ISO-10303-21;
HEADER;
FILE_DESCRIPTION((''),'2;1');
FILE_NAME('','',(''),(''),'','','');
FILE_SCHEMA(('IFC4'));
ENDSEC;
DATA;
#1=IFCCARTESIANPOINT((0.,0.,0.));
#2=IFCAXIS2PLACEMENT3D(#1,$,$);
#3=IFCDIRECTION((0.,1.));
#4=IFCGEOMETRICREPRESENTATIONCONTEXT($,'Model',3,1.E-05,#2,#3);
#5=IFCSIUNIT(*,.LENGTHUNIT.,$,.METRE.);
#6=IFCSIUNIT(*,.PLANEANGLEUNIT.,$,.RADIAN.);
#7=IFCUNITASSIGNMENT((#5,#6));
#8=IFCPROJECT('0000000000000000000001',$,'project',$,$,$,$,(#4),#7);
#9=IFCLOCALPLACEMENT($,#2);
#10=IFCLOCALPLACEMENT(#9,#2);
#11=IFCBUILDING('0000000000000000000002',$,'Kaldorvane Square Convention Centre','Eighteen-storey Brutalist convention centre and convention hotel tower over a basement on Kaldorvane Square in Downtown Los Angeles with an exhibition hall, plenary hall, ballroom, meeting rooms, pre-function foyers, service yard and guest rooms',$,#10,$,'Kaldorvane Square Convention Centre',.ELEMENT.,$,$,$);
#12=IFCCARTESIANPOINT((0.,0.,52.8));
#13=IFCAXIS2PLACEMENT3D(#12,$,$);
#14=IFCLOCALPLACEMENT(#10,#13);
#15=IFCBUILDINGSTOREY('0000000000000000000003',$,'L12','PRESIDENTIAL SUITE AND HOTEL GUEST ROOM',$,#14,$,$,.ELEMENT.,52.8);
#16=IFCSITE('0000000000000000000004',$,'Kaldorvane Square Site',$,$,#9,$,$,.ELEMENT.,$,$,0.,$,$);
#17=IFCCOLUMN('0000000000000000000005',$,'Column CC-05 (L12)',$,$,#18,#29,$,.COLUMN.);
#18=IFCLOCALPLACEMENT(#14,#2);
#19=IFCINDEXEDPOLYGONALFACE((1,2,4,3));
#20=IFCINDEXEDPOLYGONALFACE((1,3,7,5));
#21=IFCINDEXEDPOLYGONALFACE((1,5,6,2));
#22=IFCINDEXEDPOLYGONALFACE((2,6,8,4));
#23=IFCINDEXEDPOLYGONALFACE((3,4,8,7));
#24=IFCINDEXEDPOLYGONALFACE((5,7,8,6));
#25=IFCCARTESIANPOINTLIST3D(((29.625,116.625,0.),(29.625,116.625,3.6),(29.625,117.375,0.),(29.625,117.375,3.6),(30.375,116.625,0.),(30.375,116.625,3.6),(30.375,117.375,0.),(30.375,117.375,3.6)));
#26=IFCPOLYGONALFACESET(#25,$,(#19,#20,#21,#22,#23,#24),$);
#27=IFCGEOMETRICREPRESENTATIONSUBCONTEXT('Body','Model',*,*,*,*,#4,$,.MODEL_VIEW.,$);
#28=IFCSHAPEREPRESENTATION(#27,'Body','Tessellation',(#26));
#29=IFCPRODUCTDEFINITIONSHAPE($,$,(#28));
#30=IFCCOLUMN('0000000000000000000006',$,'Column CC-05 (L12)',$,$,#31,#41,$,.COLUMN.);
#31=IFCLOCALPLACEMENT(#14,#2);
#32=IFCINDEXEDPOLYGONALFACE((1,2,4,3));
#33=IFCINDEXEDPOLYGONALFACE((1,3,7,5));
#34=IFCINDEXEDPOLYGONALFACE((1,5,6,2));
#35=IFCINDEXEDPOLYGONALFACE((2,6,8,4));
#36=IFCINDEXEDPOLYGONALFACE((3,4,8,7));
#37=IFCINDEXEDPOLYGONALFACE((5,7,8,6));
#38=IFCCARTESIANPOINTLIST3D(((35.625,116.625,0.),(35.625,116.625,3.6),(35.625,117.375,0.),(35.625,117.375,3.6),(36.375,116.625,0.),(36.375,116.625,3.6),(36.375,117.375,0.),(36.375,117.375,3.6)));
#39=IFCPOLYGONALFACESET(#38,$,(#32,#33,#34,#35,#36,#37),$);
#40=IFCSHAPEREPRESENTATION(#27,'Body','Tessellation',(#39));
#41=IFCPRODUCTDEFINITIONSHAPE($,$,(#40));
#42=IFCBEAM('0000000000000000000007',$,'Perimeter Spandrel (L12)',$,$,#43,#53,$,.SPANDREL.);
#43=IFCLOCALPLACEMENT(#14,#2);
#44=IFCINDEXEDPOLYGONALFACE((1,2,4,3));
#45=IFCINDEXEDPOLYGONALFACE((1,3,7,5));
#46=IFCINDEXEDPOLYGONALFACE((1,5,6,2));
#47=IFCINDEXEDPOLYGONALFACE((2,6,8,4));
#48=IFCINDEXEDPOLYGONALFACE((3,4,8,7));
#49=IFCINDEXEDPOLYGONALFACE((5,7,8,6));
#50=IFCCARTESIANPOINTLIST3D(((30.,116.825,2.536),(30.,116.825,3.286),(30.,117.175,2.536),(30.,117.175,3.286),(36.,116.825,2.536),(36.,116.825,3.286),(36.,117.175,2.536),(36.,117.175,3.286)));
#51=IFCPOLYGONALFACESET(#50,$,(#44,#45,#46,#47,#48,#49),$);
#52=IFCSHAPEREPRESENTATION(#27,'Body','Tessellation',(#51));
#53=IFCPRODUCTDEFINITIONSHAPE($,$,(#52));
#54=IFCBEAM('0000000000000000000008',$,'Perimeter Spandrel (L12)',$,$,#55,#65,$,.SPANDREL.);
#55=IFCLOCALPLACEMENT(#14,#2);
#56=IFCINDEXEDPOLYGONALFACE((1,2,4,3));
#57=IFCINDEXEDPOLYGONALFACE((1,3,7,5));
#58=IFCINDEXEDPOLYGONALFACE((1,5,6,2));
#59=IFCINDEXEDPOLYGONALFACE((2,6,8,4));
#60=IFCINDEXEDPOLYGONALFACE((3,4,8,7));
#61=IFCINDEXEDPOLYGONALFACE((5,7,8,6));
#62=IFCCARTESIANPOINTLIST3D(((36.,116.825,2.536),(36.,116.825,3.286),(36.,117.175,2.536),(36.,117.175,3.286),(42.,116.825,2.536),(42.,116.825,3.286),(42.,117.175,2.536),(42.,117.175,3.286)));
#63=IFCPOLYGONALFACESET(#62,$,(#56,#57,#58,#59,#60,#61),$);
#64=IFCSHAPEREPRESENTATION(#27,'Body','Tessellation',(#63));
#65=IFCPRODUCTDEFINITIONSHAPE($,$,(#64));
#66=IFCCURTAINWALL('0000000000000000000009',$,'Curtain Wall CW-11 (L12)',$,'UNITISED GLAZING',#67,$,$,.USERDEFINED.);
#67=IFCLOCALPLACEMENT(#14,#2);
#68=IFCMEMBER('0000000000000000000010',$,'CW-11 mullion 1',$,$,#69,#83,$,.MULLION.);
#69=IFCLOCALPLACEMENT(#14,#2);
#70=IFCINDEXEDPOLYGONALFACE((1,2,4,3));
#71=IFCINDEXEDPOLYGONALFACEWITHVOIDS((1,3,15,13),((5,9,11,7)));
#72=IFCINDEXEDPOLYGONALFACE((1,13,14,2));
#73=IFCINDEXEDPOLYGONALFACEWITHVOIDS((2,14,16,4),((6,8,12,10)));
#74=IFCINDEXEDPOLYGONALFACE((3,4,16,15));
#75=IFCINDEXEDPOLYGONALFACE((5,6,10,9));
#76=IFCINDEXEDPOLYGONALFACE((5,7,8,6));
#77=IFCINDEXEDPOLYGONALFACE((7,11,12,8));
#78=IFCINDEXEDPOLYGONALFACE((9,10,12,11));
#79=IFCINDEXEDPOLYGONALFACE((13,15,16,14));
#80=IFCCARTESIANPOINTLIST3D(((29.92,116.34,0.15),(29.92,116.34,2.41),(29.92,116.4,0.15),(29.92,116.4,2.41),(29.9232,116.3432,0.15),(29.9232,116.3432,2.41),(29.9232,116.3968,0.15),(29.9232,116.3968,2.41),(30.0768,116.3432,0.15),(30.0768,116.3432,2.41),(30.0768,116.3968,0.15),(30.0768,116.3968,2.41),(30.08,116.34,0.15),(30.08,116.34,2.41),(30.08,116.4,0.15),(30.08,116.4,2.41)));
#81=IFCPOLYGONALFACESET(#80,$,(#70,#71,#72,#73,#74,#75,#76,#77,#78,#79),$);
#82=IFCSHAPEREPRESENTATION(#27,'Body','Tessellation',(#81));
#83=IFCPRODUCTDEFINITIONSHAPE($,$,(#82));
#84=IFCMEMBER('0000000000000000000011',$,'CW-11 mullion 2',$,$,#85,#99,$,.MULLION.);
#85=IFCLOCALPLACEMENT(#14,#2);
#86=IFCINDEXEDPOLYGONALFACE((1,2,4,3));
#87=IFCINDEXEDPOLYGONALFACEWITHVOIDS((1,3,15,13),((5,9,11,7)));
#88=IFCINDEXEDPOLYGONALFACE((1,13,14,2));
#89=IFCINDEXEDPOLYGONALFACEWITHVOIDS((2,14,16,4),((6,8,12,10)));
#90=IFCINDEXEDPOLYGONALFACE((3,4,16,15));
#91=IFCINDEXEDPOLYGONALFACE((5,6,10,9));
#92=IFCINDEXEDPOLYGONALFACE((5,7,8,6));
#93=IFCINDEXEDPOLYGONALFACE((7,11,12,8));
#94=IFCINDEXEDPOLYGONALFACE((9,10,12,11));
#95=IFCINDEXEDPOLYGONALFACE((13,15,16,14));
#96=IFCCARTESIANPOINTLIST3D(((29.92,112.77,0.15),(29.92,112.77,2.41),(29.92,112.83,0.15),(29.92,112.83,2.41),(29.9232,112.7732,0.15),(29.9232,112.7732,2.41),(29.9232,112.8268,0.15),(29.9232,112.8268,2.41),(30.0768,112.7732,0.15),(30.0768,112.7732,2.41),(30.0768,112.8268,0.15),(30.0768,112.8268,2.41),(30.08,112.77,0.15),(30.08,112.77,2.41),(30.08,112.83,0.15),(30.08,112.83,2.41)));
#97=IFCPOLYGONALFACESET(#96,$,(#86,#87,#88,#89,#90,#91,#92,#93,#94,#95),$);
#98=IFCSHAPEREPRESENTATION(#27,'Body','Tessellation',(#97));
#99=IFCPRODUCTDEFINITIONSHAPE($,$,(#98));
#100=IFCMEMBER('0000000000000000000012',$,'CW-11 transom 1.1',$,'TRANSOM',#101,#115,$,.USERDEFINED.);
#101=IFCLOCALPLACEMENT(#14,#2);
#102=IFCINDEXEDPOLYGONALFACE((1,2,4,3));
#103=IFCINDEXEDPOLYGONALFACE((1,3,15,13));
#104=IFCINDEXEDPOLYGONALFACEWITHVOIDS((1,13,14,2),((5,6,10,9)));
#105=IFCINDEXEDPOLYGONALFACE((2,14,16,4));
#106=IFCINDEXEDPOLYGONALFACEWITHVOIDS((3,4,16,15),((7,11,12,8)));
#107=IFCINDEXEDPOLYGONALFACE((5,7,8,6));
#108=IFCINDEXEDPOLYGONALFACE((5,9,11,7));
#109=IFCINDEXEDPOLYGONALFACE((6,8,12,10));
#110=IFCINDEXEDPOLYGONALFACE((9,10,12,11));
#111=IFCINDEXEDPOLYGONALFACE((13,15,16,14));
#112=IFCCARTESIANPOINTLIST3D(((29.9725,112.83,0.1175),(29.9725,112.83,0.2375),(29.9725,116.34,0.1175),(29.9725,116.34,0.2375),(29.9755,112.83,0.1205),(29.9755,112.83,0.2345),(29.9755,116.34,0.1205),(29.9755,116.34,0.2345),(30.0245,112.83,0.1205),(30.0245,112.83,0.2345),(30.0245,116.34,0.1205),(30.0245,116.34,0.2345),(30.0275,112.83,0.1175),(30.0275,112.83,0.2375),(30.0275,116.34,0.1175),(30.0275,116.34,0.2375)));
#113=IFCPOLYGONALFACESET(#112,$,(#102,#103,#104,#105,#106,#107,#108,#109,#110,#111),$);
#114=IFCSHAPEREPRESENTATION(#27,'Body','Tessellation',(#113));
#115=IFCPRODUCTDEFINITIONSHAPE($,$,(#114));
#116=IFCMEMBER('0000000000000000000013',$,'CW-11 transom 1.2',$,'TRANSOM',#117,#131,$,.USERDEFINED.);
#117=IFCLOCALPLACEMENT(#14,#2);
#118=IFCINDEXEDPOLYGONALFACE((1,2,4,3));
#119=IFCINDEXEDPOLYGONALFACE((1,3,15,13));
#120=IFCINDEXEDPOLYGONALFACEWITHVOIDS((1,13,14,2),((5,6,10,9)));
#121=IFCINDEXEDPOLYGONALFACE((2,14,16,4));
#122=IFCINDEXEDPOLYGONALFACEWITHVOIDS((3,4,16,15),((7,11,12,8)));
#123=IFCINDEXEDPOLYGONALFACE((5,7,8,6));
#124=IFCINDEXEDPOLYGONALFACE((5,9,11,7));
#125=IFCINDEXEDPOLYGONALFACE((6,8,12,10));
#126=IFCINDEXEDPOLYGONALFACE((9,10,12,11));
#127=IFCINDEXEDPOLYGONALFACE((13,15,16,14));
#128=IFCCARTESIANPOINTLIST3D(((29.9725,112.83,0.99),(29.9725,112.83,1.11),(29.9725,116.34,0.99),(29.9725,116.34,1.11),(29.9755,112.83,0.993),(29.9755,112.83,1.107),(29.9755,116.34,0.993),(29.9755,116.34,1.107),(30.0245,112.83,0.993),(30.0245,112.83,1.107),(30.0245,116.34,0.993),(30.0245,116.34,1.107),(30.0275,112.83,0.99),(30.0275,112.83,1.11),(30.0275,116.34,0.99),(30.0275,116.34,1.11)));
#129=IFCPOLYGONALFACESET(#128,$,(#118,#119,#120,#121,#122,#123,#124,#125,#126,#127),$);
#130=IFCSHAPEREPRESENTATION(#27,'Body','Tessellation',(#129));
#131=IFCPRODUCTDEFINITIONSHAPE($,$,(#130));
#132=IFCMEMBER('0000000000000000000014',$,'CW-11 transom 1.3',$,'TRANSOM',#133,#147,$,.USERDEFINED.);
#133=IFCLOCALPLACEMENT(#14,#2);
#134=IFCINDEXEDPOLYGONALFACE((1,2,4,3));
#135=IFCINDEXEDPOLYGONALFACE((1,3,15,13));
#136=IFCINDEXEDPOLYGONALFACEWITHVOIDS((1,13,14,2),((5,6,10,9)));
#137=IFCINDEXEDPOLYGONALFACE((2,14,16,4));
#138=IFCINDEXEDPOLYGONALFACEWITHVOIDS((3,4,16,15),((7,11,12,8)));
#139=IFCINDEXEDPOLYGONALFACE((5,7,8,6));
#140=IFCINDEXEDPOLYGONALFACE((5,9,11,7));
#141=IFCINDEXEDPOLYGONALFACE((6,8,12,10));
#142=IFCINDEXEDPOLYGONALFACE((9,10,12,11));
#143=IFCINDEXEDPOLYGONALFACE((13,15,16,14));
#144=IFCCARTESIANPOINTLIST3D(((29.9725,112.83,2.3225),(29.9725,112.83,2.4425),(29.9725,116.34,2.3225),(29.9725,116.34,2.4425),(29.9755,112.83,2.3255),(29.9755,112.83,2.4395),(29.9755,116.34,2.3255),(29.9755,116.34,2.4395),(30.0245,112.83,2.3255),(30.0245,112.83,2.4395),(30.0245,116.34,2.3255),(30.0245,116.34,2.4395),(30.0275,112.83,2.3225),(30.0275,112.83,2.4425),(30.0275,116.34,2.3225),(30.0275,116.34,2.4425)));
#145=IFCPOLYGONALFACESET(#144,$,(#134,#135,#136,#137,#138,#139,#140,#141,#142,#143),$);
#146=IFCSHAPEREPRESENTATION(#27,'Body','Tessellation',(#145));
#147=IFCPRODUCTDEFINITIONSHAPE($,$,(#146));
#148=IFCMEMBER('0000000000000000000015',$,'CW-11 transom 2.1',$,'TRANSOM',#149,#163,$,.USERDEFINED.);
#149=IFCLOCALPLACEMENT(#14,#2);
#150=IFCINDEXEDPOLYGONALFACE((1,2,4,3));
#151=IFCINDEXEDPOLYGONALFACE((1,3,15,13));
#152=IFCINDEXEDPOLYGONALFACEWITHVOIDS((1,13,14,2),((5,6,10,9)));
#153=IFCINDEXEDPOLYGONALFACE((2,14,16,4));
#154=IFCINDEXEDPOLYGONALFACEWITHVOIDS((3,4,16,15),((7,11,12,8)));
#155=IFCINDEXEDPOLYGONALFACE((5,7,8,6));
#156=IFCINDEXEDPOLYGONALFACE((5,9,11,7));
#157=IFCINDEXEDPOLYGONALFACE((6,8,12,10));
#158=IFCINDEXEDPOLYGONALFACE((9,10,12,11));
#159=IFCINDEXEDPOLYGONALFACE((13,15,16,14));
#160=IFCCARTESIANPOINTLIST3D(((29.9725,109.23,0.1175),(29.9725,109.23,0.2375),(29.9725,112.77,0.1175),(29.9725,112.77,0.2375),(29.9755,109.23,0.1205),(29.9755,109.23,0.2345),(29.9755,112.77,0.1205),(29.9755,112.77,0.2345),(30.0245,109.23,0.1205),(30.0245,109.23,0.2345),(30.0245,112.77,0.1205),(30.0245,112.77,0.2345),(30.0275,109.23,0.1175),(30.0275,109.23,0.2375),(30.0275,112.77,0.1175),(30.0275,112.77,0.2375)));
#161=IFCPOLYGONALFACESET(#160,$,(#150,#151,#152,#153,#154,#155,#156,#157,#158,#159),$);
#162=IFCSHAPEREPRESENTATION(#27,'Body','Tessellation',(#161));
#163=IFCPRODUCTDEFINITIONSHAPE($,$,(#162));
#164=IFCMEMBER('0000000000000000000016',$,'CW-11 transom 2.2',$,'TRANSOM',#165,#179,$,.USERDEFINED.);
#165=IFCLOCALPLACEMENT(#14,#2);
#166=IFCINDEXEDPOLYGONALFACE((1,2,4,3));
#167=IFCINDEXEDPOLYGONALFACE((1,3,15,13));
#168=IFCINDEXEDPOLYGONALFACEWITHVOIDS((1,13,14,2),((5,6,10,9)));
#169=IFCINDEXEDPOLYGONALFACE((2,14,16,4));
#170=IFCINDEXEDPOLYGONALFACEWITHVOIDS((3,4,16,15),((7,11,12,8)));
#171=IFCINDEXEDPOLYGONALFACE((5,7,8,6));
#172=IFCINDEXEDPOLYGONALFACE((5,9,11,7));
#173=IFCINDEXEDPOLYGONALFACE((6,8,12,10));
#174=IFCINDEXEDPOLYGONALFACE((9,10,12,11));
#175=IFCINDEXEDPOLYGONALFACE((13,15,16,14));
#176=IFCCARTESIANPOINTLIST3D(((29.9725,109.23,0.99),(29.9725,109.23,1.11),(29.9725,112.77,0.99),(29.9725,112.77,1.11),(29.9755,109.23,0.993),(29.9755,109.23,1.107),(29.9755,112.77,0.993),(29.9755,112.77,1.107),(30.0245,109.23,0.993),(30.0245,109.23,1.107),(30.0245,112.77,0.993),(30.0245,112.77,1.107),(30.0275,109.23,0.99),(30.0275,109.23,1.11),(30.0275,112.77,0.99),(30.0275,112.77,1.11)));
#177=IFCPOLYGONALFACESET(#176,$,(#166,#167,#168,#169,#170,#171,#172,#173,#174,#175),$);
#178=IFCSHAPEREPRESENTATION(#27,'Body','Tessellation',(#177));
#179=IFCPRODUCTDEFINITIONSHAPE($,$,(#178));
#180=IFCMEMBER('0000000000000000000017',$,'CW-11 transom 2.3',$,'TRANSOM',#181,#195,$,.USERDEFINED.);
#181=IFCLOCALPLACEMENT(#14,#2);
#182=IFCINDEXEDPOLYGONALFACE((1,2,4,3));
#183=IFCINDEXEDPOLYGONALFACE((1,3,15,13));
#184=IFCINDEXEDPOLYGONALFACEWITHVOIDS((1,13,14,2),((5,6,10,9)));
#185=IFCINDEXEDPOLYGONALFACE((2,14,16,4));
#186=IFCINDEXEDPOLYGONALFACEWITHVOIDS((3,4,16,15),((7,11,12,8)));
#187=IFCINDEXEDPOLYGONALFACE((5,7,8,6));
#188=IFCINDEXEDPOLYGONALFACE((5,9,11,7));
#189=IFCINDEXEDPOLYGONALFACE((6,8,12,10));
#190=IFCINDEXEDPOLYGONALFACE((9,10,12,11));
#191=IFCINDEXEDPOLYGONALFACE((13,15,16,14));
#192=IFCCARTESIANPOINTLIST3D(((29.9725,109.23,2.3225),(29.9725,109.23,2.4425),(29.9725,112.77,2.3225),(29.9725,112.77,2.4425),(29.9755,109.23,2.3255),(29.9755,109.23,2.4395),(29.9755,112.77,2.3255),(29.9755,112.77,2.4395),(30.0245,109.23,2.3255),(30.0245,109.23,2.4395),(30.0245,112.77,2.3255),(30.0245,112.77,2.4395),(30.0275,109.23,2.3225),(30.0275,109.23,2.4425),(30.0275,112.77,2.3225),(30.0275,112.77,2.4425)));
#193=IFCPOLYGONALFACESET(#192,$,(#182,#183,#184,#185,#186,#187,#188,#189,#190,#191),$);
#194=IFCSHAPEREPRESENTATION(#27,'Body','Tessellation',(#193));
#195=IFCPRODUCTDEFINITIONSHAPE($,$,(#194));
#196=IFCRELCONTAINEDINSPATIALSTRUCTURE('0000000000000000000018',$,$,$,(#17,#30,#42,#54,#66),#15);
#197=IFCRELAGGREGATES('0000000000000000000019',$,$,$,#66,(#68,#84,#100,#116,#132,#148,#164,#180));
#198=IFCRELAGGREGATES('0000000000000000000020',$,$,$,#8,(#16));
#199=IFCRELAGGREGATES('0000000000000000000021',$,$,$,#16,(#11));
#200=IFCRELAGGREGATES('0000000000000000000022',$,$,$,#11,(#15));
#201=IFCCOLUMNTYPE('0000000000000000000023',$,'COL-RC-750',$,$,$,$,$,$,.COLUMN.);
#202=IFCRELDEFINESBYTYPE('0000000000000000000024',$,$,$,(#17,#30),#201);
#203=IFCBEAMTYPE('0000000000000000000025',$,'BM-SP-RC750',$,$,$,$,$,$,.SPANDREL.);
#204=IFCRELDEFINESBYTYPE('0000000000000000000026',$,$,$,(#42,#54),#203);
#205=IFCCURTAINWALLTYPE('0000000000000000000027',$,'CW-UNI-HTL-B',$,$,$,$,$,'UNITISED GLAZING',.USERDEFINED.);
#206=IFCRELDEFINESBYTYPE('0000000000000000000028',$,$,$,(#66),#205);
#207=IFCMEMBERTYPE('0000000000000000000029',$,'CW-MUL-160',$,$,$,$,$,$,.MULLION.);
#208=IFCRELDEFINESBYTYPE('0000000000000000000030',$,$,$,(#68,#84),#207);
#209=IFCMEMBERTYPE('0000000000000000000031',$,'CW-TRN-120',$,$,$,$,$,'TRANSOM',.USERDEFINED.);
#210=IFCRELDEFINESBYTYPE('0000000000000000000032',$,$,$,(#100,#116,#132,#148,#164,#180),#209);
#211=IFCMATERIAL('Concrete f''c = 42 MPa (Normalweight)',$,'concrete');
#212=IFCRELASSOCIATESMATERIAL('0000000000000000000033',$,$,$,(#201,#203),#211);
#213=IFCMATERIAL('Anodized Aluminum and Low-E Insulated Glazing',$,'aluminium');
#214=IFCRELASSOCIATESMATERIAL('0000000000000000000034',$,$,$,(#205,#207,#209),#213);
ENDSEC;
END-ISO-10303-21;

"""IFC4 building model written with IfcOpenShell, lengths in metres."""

from ifc_helpers import new_model, si_unit, direction, frame, origin, origin_2d, place, context, subcontext, project, spatial, rectangle, hollow_rectangle, extrude, material, material_profile, profile_set, type_object, element, aggregate, save


model = new_model("IFC4")

# Units and contexts
model_context = context("Model", 3, precision=1e-05, world=origin(), true_north=direction((0.0, 1.0)))
body_context = subcontext(model_context, "Body", "Model", "MODEL_VIEW")
ifc_project = project(units=[si_unit("LENGTHUNIT", "METRE"), si_unit("PLANEANGLEUNIT", "RADIAN")], contexts=[model_context])

# Site, building, storey
site_placement = place(None, origin())
site = spatial("IfcSite", under=ifc_project, at=site_placement, Name="Kaldorvane Square Site", CompositionType="ELEMENT", RefElevation=0.0)
building_placement = place(site_placement, origin())
building = spatial("IfcBuilding", under=site, at=building_placement, Name="Kaldorvane Square Convention Centre", Description="Eighteen-storey Brutalist convention centre and convention hotel tower over a basement on Kaldorvane Square in Downtown Los Angeles with an exhibition hall, plenary hall, ballroom, meeting rooms, pre-function foyers, service yard and guest rooms", LongName="Kaldorvane Square Convention Centre", CompositionType="ELEMENT")
storey_placement = place(building_placement, frame((0.0, 0.0, 52.8)))
storey = spatial("IfcBuildingStorey", under=building, at=storey_placement, Name="L12", Description="PRESIDENTIAL SUITE AND HOTEL GUEST ROOM", CompositionType="ELEMENT", Elevation=52.8)

# Columns
ifc_material_1 = material(Name="Concrete f'c = 42 MPa (Normalweight)", Category="concrete")
ifc_material_profile_1 = material_profile(ifc_material_1, rectangle(XDim=0.75, YDim=0.75, at=origin_2d()), Name="RC750X750")
ifc_profile_set_1 = profile_set([ifc_material_profile_1], Name="Concrete f'c = 42 MPa (Normalweight)")
column_type = type_object("IfcColumnType", Name="COL-RC-750", PredefinedType="COLUMN", material=ifc_profile_set_1)
for number, where, z_axis, x_axis, name in (
    (1, (30.0, 117.0, 0.0), (0.0, 0.0, 1.0), (1.0, 0.0, 0.0), "Column CC-05 (L12)"),
    (2, (36.0, 117.0, 0.0), (0.0, 0.0, 1.0), (1.0, 0.0, 0.0), "Column CC-05 (L12)"),
):
    element("IfcColumn", number, at=place(storey_placement, frame(where, z_axis=z_axis, x_axis=x_axis)), inside=storey, type_object=column_type, Name=name, PredefinedType="COLUMN", context=body_context, shape_type="SweptSolid", body=[
        extrude(rectangle(XDim=0.75, YDim=0.75, at=origin_2d()), origin(), (0.0, 0.0, 1.0), 3.6),
    ])

# Beams
ifc_material_profile_2 = material_profile(ifc_material_1, rectangle(XDim=0.35, YDim=0.75, at=origin_2d()), Name="RCSP750X350")
ifc_profile_set_2 = profile_set([ifc_material_profile_2], Name="Concrete f'c = 42 MPa (Normalweight)")
beam_type = type_object("IfcBeamType", Name="BM-SP-RC750", PredefinedType="SPANDREL", material=ifc_profile_set_2)
for number, where, z_axis, x_axis, name in (
    (3, (30.0, 117.0, 2.911), (1.0, 0.0, 0.0), (0.0, 1.0, 0.0), "Perimeter Spandrel (L12)"),
    (4, (36.0, 117.0, 2.911), (1.0, 0.0, 0.0), (0.0, 1.0, 0.0), "Perimeter Spandrel (L12)"),
):
    element("IfcBeam", number, at=place(storey_placement, frame(where, z_axis=z_axis, x_axis=x_axis)), inside=storey, type_object=beam_type, Name=name, PredefinedType="SPANDREL", context=body_context, shape_type="SweptSolid", body=[
        extrude(rectangle(XDim=0.35, YDim=0.75, at=origin_2d()), origin(), (0.0, 0.0, 1.0), 6.0),
    ])

# Curtain wall, members
ifc_material_2 = material(Name="Anodized Aluminum and Low-E Insulated Glazing", Category="aluminium")
curtain_wall_type = type_object("IfcCurtainWallType", Name="CW-UNI-HTL-B", ElementType="UNITISED GLAZING", PredefinedType="USERDEFINED", material=ifc_material_2)
curtain_wall_placement = place(storey_placement, origin())
curtain_wall = element("IfcCurtainWall", 5, at=curtain_wall_placement, inside=storey, type_object=curtain_wall_type, Name="Curtain Wall CW-11 (L12)", ObjectType="UNITISED GLAZING", PredefinedType="USERDEFINED")
ifc_material_profile_3 = material_profile(ifc_material_2, hollow_rectangle(XDim=0.06, YDim=0.16, WallThickness=0.0032, at=origin_2d()), Name="CWM-160X60")
ifc_profile_set_3 = profile_set([ifc_material_profile_3], Name="Anodized Aluminum and Low-E Insulated Glazing")
member_type_1 = type_object("IfcMemberType", Name="CW-MUL-160", PredefinedType="MULLION", material=ifc_profile_set_3)
member_1_placement = place(storey_placement, frame((30.0, 116.37, 0.15), z_axis=(0.0, 0.0, 1.0), x_axis=(0.0, -1.0, 0.0)))
member_1 = element("IfcMember", 6, at=member_1_placement, type_object=member_type_1, Name="CW-11 mullion 1", PredefinedType="MULLION", context=body_context, shape_type="SweptSolid", body=[
    extrude(hollow_rectangle(XDim=0.06, YDim=0.16, WallThickness=0.0032, at=origin_2d()), origin(), (0.0, 0.0, 1.0), 2.26),
])
member_2_placement = place(storey_placement, frame((30.0, 112.8, 0.15), z_axis=(0.0, 0.0, 1.0), x_axis=(0.0, -1.0, 0.0)))
member_2 = element("IfcMember", 7, at=member_2_placement, type_object=member_type_1, Name="CW-11 mullion 2", PredefinedType="MULLION", context=body_context, shape_type="SweptSolid", body=[
    extrude(hollow_rectangle(XDim=0.06, YDim=0.16, WallThickness=0.0032, at=origin_2d()), origin(), (0.0, 0.0, 1.0), 2.26),
])
ifc_material_profile_4 = material_profile(ifc_material_2, hollow_rectangle(XDim=0.055, YDim=0.12, WallThickness=0.003, at=origin_2d()), Name="CWT-120X55")
ifc_profile_set_4 = profile_set([ifc_material_profile_4], Name="Anodized Aluminum and Low-E Insulated Glazing")
member_type_2 = type_object("IfcMemberType", Name="CW-TRN-120", ElementType="TRANSOM", PredefinedType="USERDEFINED", material=ifc_profile_set_4)
member_3_placement = place(storey_placement, frame((30.0, 116.34, 0.1775), z_axis=(0.0, -1.0, 0.0), x_axis=(1.0, 0.0, 0.0)))
member_3 = element("IfcMember", 8, at=member_3_placement, type_object=member_type_2, Name="CW-11 transom 1.1", ObjectType="TRANSOM", PredefinedType="USERDEFINED", context=body_context, shape_type="SweptSolid", body=[
    extrude(hollow_rectangle(XDim=0.055, YDim=0.12, WallThickness=0.003, at=origin_2d()), origin(), (0.0, 0.0, 1.0), 3.51),
])
member_4_placement = place(storey_placement, frame((30.0, 116.34, 1.05), z_axis=(0.0, -1.0, 0.0), x_axis=(1.0, 0.0, 0.0)))
member_4 = element("IfcMember", 9, at=member_4_placement, type_object=member_type_2, Name="CW-11 transom 1.2", ObjectType="TRANSOM", PredefinedType="USERDEFINED", context=body_context, shape_type="SweptSolid", body=[
    extrude(hollow_rectangle(XDim=0.055, YDim=0.12, WallThickness=0.003, at=origin_2d()), origin(), (0.0, 0.0, 1.0), 3.51),
])
member_5_placement = place(storey_placement, frame((30.0, 116.34, 2.3825), z_axis=(0.0, -1.0, 0.0), x_axis=(1.0, 0.0, 0.0)))
member_5 = element("IfcMember", 10, at=member_5_placement, type_object=member_type_2, Name="CW-11 transom 1.3", ObjectType="TRANSOM", PredefinedType="USERDEFINED", context=body_context, shape_type="SweptSolid", body=[
    extrude(hollow_rectangle(XDim=0.055, YDim=0.12, WallThickness=0.003, at=origin_2d()), origin(), (0.0, 0.0, 1.0), 3.51),
])
member_6_placement = place(storey_placement, frame((30.0, 112.77, 0.1775), z_axis=(0.0, -1.0, 0.0), x_axis=(1.0, 0.0, 0.0)))
member_6 = element("IfcMember", 11, at=member_6_placement, type_object=member_type_2, Name="CW-11 transom 2.1", ObjectType="TRANSOM", PredefinedType="USERDEFINED", context=body_context, shape_type="SweptSolid", body=[
    extrude(hollow_rectangle(XDim=0.055, YDim=0.12, WallThickness=0.003, at=origin_2d()), origin(), (0.0, 0.0, 1.0), 3.54),
])
member_7_placement = place(storey_placement, frame((30.0, 112.77, 1.05), z_axis=(0.0, -1.0, 0.0), x_axis=(1.0, 0.0, 0.0)))
member_7 = element("IfcMember", 12, at=member_7_placement, type_object=member_type_2, Name="CW-11 transom 2.2", ObjectType="TRANSOM", PredefinedType="USERDEFINED", context=body_context, shape_type="SweptSolid", body=[
    extrude(hollow_rectangle(XDim=0.055, YDim=0.12, WallThickness=0.003, at=origin_2d()), origin(), (0.0, 0.0, 1.0), 3.54),
])
member_8_placement = place(storey_placement, frame((30.0, 112.77, 2.3825), z_axis=(0.0, -1.0, 0.0), x_axis=(1.0, 0.0, 0.0)))
member_8 = element("IfcMember", 13, at=member_8_placement, type_object=member_type_2, Name="CW-11 transom 2.3", ObjectType="TRANSOM", PredefinedType="USERDEFINED", context=body_context, shape_type="SweptSolid", body=[
    extrude(hollow_rectangle(XDim=0.055, YDim=0.12, WallThickness=0.003, at=origin_2d()), origin(), (0.0, 0.0, 1.0), 3.54),
])
aggregate(curtain_wall, [member_1, member_2, member_3, member_4, member_5, member_6, member_7, member_8])

save(model, "model.ifc")
